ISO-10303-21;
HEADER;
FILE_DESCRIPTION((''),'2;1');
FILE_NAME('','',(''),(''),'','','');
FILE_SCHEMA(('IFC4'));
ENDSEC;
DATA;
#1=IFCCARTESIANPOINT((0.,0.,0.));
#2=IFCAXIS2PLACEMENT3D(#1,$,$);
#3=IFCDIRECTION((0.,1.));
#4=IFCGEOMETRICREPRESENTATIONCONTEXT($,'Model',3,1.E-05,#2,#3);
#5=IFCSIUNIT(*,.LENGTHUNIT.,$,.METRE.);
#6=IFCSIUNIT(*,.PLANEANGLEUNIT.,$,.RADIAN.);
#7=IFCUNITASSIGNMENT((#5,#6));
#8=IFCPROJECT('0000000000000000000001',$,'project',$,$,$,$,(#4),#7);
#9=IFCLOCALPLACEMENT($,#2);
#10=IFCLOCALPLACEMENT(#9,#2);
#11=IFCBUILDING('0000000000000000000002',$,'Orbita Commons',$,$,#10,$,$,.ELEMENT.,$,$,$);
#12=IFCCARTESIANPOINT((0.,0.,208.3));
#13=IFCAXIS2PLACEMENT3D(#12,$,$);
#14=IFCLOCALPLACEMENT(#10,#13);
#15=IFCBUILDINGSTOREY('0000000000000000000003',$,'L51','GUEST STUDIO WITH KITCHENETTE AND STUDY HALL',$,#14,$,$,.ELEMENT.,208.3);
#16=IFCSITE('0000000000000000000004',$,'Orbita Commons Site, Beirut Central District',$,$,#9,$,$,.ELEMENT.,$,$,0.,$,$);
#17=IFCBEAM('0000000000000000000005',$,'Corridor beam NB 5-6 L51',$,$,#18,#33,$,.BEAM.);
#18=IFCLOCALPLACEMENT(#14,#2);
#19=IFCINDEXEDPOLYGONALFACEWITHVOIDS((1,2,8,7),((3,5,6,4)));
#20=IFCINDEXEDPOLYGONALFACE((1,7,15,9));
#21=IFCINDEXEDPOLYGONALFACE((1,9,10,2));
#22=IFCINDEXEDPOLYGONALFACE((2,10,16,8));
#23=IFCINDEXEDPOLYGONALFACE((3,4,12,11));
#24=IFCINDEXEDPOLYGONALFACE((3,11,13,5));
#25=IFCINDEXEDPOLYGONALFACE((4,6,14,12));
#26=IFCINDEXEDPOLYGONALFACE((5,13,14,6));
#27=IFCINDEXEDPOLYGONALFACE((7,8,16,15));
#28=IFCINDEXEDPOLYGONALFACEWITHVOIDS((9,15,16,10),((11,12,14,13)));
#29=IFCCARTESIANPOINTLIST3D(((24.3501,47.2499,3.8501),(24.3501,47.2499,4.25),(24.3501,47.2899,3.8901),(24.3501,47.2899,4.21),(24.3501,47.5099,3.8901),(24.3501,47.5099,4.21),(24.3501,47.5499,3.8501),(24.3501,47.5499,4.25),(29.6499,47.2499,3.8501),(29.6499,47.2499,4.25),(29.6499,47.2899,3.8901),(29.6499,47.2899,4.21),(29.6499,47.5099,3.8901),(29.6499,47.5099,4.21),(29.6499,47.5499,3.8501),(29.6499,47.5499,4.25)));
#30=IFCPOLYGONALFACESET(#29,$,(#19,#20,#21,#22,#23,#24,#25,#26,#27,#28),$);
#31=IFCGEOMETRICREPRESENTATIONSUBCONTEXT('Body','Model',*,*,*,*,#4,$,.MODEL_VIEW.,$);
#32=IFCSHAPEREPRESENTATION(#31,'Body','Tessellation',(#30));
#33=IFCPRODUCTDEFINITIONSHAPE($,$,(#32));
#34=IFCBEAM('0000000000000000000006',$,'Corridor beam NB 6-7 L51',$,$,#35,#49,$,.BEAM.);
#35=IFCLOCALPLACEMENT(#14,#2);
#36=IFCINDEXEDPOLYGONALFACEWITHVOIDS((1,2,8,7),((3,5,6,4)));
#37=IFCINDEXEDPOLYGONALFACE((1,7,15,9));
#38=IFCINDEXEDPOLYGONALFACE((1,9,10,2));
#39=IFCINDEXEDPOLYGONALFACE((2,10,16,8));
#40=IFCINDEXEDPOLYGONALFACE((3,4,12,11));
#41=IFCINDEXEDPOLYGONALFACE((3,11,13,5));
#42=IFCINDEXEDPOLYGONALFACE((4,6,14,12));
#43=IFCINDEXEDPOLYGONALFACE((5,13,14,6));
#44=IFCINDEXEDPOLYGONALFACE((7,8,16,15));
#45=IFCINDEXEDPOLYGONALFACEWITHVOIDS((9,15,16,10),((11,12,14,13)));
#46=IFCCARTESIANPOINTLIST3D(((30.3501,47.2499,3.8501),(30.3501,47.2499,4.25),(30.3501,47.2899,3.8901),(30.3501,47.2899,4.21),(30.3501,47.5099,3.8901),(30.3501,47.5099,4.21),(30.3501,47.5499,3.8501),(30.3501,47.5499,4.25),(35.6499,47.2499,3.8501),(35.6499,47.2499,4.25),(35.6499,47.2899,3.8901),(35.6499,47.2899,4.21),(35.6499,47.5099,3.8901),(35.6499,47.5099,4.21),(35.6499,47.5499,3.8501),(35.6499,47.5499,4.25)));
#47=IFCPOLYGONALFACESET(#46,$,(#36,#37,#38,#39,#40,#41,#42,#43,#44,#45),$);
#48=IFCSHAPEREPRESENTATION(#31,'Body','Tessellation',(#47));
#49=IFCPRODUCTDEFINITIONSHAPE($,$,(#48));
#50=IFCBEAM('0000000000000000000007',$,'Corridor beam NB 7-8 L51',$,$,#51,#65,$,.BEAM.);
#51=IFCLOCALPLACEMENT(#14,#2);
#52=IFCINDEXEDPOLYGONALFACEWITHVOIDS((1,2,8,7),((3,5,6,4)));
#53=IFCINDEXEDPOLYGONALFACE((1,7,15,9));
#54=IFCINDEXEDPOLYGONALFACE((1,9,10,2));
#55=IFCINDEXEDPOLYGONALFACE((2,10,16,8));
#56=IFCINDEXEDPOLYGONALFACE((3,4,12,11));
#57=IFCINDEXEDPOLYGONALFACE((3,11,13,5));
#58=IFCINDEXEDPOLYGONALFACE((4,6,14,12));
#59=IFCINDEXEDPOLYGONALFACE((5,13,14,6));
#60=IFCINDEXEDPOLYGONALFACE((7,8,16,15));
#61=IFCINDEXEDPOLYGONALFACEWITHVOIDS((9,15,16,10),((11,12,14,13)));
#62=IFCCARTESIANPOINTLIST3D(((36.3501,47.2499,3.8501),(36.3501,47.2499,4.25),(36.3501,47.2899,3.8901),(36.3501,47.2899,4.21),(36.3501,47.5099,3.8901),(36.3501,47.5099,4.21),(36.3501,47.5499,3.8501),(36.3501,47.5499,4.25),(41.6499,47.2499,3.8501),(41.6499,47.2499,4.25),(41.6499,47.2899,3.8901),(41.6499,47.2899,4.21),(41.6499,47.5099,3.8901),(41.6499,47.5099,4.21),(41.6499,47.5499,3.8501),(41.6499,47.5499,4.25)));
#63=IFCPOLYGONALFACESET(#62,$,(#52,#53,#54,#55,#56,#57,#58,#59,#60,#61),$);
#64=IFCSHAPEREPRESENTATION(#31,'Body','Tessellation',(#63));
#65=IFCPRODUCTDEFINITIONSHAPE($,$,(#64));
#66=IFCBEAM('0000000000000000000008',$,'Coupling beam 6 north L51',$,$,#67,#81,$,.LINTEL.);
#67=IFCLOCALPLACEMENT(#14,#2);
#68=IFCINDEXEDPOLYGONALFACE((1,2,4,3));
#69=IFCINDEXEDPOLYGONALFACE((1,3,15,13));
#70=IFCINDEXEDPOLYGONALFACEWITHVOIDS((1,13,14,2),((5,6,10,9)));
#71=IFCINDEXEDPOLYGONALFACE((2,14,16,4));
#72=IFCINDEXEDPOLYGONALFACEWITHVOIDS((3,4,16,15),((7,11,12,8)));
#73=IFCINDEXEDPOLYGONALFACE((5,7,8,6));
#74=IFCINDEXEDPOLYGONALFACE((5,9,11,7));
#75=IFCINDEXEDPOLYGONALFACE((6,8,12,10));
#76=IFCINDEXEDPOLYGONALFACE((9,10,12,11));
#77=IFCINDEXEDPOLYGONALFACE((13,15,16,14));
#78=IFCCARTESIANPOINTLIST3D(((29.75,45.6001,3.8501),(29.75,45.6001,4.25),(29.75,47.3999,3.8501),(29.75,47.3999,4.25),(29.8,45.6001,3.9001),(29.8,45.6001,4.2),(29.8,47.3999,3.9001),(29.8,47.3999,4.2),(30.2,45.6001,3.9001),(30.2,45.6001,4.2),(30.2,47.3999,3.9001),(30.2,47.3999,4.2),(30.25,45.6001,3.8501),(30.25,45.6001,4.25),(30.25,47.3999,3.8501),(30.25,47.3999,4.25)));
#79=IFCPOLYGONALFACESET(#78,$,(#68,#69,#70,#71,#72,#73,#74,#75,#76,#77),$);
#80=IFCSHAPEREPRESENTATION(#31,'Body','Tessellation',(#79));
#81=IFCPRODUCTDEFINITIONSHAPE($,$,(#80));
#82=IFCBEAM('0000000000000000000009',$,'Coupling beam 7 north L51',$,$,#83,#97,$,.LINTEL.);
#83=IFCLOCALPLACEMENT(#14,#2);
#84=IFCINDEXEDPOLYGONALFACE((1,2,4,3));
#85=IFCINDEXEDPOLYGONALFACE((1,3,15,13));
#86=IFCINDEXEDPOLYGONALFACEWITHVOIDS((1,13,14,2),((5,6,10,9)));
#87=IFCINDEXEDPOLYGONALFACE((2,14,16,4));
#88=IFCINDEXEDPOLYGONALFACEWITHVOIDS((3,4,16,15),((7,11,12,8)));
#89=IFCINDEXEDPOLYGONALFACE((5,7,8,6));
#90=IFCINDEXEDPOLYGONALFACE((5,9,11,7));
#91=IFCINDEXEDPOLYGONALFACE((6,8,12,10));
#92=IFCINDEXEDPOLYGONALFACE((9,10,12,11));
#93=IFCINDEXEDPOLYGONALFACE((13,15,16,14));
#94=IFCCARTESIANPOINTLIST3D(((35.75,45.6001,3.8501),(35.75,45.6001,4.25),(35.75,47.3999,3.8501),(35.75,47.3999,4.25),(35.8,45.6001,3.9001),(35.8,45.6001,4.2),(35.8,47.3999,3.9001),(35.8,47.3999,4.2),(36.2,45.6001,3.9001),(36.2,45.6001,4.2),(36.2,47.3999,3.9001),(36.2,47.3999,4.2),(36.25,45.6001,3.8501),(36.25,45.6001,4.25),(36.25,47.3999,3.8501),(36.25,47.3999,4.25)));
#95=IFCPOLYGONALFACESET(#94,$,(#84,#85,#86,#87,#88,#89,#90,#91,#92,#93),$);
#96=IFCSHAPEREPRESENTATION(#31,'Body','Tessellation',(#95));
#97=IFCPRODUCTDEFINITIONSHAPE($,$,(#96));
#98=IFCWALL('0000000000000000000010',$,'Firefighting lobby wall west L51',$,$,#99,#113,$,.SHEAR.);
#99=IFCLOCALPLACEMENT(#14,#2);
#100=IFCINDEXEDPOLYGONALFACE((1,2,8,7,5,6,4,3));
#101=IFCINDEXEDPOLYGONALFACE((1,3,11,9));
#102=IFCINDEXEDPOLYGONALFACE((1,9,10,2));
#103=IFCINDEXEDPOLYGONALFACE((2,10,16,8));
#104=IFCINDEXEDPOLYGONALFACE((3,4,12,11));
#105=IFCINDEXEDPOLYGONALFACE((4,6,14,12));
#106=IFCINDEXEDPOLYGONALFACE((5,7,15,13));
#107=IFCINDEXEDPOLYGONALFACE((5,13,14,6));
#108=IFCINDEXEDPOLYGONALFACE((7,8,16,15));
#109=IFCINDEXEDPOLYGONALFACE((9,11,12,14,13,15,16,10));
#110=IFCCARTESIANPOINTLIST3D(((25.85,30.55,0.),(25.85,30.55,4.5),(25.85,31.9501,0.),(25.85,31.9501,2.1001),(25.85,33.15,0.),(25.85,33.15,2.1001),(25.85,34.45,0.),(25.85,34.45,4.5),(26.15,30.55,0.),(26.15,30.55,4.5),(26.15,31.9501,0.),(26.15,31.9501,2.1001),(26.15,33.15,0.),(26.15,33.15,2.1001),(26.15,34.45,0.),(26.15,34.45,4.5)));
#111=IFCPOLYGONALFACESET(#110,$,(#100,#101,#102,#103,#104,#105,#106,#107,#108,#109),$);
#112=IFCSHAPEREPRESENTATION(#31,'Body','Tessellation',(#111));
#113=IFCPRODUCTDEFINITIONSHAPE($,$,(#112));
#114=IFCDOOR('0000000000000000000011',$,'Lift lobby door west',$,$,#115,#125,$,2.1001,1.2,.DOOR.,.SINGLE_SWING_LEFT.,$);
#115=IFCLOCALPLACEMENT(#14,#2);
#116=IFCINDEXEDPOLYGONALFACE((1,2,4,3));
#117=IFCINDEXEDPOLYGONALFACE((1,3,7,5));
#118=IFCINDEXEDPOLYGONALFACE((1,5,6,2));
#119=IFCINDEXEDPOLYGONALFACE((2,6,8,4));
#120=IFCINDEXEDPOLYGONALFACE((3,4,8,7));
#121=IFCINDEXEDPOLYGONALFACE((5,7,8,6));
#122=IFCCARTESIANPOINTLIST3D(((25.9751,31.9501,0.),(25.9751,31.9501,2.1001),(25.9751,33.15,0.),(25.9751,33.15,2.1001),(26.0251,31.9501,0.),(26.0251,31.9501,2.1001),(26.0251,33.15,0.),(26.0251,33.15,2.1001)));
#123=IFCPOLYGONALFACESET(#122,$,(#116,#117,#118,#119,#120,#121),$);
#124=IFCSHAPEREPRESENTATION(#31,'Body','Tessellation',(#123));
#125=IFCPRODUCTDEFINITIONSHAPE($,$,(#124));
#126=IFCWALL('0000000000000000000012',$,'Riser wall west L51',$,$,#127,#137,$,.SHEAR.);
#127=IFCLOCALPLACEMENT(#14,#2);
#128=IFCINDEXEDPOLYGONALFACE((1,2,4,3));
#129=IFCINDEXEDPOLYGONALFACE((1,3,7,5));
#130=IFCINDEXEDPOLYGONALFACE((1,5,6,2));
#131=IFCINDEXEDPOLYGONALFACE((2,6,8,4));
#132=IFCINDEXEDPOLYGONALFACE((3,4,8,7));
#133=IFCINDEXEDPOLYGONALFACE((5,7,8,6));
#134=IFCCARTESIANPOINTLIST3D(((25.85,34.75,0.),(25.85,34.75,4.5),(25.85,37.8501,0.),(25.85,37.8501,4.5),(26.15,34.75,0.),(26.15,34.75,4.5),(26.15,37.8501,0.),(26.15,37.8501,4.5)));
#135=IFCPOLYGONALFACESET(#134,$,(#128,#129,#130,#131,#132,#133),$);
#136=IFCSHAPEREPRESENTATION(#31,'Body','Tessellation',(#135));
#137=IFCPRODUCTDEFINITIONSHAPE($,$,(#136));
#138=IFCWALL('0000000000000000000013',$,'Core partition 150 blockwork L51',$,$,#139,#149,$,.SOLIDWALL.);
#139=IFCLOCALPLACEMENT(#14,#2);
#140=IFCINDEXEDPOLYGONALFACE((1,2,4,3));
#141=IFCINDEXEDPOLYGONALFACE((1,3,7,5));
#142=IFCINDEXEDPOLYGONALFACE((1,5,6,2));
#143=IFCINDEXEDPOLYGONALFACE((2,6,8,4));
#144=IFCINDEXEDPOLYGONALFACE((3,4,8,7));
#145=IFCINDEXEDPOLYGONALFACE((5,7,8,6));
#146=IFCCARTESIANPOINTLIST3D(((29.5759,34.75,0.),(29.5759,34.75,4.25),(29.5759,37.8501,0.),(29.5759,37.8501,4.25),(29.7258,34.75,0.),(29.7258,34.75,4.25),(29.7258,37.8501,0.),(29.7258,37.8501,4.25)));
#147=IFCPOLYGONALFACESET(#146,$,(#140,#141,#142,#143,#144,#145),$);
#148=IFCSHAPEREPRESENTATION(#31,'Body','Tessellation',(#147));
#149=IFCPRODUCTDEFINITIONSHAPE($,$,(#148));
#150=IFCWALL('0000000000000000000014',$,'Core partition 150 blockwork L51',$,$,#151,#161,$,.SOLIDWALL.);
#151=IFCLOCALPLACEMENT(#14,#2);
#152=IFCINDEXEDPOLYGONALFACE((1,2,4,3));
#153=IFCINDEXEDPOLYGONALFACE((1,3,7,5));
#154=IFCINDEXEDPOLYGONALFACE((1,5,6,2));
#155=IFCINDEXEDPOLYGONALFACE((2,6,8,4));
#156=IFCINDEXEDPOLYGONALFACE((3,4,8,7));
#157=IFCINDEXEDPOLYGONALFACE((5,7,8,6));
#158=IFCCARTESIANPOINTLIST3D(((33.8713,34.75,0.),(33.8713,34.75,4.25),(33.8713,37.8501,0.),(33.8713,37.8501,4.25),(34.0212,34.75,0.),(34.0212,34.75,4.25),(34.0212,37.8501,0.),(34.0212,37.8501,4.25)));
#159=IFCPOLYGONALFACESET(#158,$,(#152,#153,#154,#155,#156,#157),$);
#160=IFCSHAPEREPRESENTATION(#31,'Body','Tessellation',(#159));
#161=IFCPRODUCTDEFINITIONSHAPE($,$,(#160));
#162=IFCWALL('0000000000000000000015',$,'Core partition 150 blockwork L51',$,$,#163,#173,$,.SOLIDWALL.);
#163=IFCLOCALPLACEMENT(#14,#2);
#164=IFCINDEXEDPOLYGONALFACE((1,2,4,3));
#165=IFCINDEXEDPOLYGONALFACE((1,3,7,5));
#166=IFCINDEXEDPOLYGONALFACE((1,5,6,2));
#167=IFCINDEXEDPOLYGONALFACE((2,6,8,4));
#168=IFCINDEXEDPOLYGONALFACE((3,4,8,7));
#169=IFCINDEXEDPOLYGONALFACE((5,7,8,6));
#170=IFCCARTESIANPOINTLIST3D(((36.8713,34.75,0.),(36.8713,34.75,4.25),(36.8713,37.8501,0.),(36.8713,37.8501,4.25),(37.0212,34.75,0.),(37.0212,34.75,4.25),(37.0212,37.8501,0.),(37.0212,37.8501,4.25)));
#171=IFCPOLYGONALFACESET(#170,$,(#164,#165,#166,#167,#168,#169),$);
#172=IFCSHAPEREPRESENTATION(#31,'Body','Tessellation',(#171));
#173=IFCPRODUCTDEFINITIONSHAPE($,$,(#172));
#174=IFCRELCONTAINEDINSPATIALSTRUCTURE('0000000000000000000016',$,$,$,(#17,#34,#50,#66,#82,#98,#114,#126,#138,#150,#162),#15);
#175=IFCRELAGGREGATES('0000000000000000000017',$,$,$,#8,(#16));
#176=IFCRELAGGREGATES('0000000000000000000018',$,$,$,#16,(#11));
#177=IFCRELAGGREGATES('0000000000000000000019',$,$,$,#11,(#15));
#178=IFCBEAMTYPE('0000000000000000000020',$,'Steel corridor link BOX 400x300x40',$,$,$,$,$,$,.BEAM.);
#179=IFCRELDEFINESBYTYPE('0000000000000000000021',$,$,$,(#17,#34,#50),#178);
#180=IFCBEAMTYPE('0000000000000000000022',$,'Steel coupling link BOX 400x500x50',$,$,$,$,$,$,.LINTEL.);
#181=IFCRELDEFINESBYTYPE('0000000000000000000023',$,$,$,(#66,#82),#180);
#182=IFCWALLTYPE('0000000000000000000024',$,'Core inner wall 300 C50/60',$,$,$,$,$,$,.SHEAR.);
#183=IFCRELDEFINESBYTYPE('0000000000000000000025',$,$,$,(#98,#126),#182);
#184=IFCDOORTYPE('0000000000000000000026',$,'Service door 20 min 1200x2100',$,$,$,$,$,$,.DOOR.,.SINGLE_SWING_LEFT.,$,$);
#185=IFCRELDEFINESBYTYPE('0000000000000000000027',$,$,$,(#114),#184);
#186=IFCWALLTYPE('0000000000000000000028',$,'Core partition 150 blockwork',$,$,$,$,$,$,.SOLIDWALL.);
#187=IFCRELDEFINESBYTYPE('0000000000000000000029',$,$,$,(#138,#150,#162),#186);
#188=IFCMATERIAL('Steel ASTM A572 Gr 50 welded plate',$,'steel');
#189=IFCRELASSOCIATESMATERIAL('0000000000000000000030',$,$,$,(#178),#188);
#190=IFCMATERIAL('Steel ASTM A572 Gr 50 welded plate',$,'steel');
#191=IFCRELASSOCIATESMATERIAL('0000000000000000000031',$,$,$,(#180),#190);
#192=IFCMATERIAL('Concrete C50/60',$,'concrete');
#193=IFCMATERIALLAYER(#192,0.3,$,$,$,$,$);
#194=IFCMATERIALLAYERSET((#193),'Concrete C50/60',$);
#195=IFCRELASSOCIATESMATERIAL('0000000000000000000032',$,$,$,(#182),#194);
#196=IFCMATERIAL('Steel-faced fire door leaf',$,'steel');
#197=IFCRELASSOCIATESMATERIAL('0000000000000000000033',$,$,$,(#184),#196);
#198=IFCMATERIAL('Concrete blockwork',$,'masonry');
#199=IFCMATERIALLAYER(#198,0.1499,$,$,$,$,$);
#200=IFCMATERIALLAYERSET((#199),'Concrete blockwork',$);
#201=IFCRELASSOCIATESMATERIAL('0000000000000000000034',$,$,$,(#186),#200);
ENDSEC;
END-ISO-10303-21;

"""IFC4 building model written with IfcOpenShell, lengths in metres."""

from ifc_helpers import new_model, si_unit, direction, frame, frame_2d, origin, origin_2d, place, context, subcontext, project, spatial, rectangle, hollow_rectangle, extrude, material, layer, layer_set, material_profile, profile_set, type_object, element, fill, save


model = new_model("IFC4")

# Units and contexts
model_context = context("Model", 3, precision=1e-05, world=origin(), true_north=direction((0.0, 1.0)))
body_context = subcontext(model_context, "Body", "Model", "MODEL_VIEW")
ifc_project = project(units=[si_unit("LENGTHUNIT", "METRE"), si_unit("PLANEANGLEUNIT", "RADIAN")], contexts=[model_context])

# Site, building, storey
site_placement = place(None, origin())
site = spatial("IfcSite", under=ifc_project, at=site_placement, Name="Orbita Commons Site, Beirut Central District", CompositionType="ELEMENT", RefElevation=0.0)
building_placement = place(site_placement, origin())
building = spatial("IfcBuilding", under=site, at=building_placement, Name="Orbita Commons", CompositionType="ELEMENT")
storey_placement = place(building_placement, frame((0.0, 0.0, 208.3)))
storey = spatial("IfcBuildingStorey", under=building, at=storey_placement, Name="L51", Description="GUEST STUDIO WITH KITCHENETTE AND STUDY HALL", CompositionType="ELEMENT", Elevation=208.3)

# Beams
ifc_material_1 = material(Name="Steel ASTM A572 Gr 50 welded plate", Category="steel")
ifc_material_profile_1 = material_profile(ifc_material_1, hollow_rectangle(XDim=0.3, YDim=0.3999, WallThickness=0.04, at=origin_2d()), Name="BOX 400x300x40")
ifc_profile_set_1 = profile_set([ifc_material_profile_1], Name="Steel ASTM A572 Gr 50 welded plate")
beam_type_1 = type_object("IfcBeamType", Name="Steel corridor link BOX 400x300x40", PredefinedType="BEAM", material=ifc_profile_set_1)
for number, where, z_axis, x_axis, name in (
    (1, (24.3501, 47.3999, 4.05), (1.0, 0.0, 0.0), (0.0, 1.0, 0.0), "Corridor beam NB 5-6 L51"),
    (2, (30.3501, 47.3999, 4.05), (1.0, 0.0, 0.0), (0.0, 1.0, 0.0), "Corridor beam NB 6-7 L51"),
    (3, (36.3501, 47.3999, 4.05), (1.0, 0.0, 0.0), (0.0, 1.0, 0.0), "Corridor beam NB 7-8 L51"),
):
    element("IfcBeam", number, at=place(storey_placement, frame(where, z_axis=z_axis, x_axis=x_axis)), inside=storey, type_object=beam_type_1, Name=name, PredefinedType="BEAM", context=body_context, shape_type="SweptSolid", body=[
        extrude(hollow_rectangle(XDim=0.3, YDim=0.3999, WallThickness=0.04, at=origin_2d()), origin(), (0.0, 0.0, 1.0), 5.2998),
    ])
ifc_material_2 = material(Name="Steel ASTM A572 Gr 50 welded plate", Category="steel")
ifc_material_profile_2 = material_profile(ifc_material_2, hollow_rectangle(XDim=0.5, YDim=0.3999, WallThickness=0.05, at=origin_2d()), Name="BOX 400x500x50")
ifc_profile_set_2 = profile_set([ifc_material_profile_2], Name="Steel ASTM A572 Gr 50 welded plate")
beam_type_2 = type_object("IfcBeamType", Name="Steel coupling link BOX 400x500x50", PredefinedType="LINTEL", material=ifc_profile_set_2)
for number, where, z_axis, x_axis, name in (
    (4, (30.0, 45.6001, 4.05), (0.0, 1.0, 0.0), (-1.0, 0.0, 0.0), "Coupling beam 6 north L51"),
    (5, (36.0, 45.6001, 4.05), (0.0, 1.0, 0.0), (-1.0, 0.0, 0.0), "Coupling beam 7 north L51"),
):
    element("IfcBeam", number, at=place(storey_placement, frame(where, z_axis=z_axis, x_axis=x_axis)), inside=storey, type_object=beam_type_2, Name=name, PredefinedType="LINTEL", context=body_context, shape_type="SweptSolid", body=[
        extrude(hollow_rectangle(XDim=0.5, YDim=0.3999, WallThickness=0.05, at=origin_2d()), origin(), (0.0, 0.0, 1.0), 1.7998),
    ])

# Wall, opening, door
ifc_material_3 = material(Name="Concrete C50/60", Category="concrete")
ifc_layer_1 = layer(ifc_material_3, 0.3)
ifc_layer_set_1 = layer_set([ifc_layer_1], Name="Concrete C50/60")
wall_type_1 = type_object("IfcWallType", Name="Core inner wall 300 C50/60", PredefinedType="SHEAR", material=ifc_layer_set_1)
wall_1_placement = place(storey_placement, frame((26.0, 30.55, 0.0), z_axis=(0.0, 0.0, 1.0), x_axis=(0.0, 1.0, 0.0)))
wall_1 = element("IfcWall", 6, at=wall_1_placement, inside=storey, type_object=wall_type_1, Name="Firefighting lobby wall west L51", PredefinedType="SHEAR", context=body_context, shape_type="SweptSolid", body=[
    extrude(rectangle(XDim=3.8999, YDim=0.3, at=frame_2d((1.95, 0.0))), origin(), (0.0, 0.0, 1.0), 4.5),
])
opening_1_placement = place(wall_1_placement, frame((1.3999, 0.0, 0.0)))
opening_1 = element("IfcOpeningElement", 7, at=opening_1_placement, cuts=wall_1, PredefinedType="OPENING", context=body_context, shape_type="SweptSolid", body=[
    extrude(rectangle(XDim=1.2, YDim=2.1001, at=frame_2d((0.6001, 1.05))), frame((0.0, 0.1599, 0.0), z_axis=(0.0, -1.0, 0.0), x_axis=(1.0, 0.0, 0.0)), (0.0, 0.0, 1.0), 0.3201),
])
ifc_material_4 = material(Name="Steel-faced fire door leaf", Category="steel")
door_type_1 = type_object("IfcDoorType", Name="Service door 20 min 1200x2100", OperationType="SINGLE_SWING_LEFT", PredefinedType="DOOR", material=ifc_material_4)
door_1_placement = place(opening_1_placement, origin())
door_1 = element("IfcDoor", 8, at=door_1_placement, inside=storey, type_object=door_type_1, Name="Lift lobby door west", OperationType="SINGLE_SWING_LEFT", OverallHeight=2.1001, OverallWidth=1.2, PredefinedType="DOOR", context=body_context, shape_type="SweptSolid", body=[
    extrude(rectangle(XDim=1.2, YDim=2.1001, at=frame_2d((0.6001, 1.05))), frame((0.0, 0.0249, 0.0), z_axis=(0.0, -1.0, 0.0), x_axis=(1.0, 0.0, 0.0)), (0.0, 0.0, 1.0), 0.05),
])
fill(opening_1, door_1)

# Walls
wall_2_placement = place(storey_placement, frame((26.0, 34.75, 0.0), z_axis=(0.0, 0.0, 1.0), x_axis=(0.0, 1.0, 0.0)))
element("IfcWall", 9, at=wall_2_placement, inside=storey, type_object=wall_type_1, Name="Riser wall west L51", PredefinedType="SHEAR", context=body_context, shape_type="SweptSolid", body=[
    extrude(rectangle(XDim=3.1001, YDim=0.3, at=frame_2d((1.55, 0.0))), origin(), (0.0, 0.0, 1.0), 4.5),
])
ifc_material_5 = material(Name="Concrete blockwork", Category="masonry")
ifc_layer_2 = layer(ifc_material_5, 0.1499)
ifc_layer_set_2 = layer_set([ifc_layer_2], Name="Concrete blockwork")
wall_type_2 = type_object("IfcWallType", Name="Core partition 150 blockwork", PredefinedType="SOLIDWALL", material=ifc_layer_set_2)
for number, where, z_axis, x_axis, name in (
    (10, (29.6509, 34.75, 0.0), (0.0, 0.0, 1.0), (0.0, 1.0, 0.0), "Core partition 150 blockwork L51"),
    (11, (33.9463, 34.75, 0.0), (0.0, 0.0, 1.0), (0.0, 1.0, 0.0), "Core partition 150 blockwork L51"),
    (12, (36.9463, 34.75, 0.0), (0.0, 0.0, 1.0), (0.0, 1.0, 0.0), "Core partition 150 blockwork L51"),
):
    element("IfcWall", number, at=place(storey_placement, frame(where, z_axis=z_axis, x_axis=x_axis)), inside=storey, type_object=wall_type_2, Name=name, PredefinedType="SOLIDWALL", context=body_context, shape_type="SweptSolid", body=[
        extrude(rectangle(XDim=3.1001, YDim=0.1499, at=frame_2d((1.55, 0.0))), origin(), (0.0, 0.0, 1.0), 4.25),
    ])

save(model, "model.ifc")
